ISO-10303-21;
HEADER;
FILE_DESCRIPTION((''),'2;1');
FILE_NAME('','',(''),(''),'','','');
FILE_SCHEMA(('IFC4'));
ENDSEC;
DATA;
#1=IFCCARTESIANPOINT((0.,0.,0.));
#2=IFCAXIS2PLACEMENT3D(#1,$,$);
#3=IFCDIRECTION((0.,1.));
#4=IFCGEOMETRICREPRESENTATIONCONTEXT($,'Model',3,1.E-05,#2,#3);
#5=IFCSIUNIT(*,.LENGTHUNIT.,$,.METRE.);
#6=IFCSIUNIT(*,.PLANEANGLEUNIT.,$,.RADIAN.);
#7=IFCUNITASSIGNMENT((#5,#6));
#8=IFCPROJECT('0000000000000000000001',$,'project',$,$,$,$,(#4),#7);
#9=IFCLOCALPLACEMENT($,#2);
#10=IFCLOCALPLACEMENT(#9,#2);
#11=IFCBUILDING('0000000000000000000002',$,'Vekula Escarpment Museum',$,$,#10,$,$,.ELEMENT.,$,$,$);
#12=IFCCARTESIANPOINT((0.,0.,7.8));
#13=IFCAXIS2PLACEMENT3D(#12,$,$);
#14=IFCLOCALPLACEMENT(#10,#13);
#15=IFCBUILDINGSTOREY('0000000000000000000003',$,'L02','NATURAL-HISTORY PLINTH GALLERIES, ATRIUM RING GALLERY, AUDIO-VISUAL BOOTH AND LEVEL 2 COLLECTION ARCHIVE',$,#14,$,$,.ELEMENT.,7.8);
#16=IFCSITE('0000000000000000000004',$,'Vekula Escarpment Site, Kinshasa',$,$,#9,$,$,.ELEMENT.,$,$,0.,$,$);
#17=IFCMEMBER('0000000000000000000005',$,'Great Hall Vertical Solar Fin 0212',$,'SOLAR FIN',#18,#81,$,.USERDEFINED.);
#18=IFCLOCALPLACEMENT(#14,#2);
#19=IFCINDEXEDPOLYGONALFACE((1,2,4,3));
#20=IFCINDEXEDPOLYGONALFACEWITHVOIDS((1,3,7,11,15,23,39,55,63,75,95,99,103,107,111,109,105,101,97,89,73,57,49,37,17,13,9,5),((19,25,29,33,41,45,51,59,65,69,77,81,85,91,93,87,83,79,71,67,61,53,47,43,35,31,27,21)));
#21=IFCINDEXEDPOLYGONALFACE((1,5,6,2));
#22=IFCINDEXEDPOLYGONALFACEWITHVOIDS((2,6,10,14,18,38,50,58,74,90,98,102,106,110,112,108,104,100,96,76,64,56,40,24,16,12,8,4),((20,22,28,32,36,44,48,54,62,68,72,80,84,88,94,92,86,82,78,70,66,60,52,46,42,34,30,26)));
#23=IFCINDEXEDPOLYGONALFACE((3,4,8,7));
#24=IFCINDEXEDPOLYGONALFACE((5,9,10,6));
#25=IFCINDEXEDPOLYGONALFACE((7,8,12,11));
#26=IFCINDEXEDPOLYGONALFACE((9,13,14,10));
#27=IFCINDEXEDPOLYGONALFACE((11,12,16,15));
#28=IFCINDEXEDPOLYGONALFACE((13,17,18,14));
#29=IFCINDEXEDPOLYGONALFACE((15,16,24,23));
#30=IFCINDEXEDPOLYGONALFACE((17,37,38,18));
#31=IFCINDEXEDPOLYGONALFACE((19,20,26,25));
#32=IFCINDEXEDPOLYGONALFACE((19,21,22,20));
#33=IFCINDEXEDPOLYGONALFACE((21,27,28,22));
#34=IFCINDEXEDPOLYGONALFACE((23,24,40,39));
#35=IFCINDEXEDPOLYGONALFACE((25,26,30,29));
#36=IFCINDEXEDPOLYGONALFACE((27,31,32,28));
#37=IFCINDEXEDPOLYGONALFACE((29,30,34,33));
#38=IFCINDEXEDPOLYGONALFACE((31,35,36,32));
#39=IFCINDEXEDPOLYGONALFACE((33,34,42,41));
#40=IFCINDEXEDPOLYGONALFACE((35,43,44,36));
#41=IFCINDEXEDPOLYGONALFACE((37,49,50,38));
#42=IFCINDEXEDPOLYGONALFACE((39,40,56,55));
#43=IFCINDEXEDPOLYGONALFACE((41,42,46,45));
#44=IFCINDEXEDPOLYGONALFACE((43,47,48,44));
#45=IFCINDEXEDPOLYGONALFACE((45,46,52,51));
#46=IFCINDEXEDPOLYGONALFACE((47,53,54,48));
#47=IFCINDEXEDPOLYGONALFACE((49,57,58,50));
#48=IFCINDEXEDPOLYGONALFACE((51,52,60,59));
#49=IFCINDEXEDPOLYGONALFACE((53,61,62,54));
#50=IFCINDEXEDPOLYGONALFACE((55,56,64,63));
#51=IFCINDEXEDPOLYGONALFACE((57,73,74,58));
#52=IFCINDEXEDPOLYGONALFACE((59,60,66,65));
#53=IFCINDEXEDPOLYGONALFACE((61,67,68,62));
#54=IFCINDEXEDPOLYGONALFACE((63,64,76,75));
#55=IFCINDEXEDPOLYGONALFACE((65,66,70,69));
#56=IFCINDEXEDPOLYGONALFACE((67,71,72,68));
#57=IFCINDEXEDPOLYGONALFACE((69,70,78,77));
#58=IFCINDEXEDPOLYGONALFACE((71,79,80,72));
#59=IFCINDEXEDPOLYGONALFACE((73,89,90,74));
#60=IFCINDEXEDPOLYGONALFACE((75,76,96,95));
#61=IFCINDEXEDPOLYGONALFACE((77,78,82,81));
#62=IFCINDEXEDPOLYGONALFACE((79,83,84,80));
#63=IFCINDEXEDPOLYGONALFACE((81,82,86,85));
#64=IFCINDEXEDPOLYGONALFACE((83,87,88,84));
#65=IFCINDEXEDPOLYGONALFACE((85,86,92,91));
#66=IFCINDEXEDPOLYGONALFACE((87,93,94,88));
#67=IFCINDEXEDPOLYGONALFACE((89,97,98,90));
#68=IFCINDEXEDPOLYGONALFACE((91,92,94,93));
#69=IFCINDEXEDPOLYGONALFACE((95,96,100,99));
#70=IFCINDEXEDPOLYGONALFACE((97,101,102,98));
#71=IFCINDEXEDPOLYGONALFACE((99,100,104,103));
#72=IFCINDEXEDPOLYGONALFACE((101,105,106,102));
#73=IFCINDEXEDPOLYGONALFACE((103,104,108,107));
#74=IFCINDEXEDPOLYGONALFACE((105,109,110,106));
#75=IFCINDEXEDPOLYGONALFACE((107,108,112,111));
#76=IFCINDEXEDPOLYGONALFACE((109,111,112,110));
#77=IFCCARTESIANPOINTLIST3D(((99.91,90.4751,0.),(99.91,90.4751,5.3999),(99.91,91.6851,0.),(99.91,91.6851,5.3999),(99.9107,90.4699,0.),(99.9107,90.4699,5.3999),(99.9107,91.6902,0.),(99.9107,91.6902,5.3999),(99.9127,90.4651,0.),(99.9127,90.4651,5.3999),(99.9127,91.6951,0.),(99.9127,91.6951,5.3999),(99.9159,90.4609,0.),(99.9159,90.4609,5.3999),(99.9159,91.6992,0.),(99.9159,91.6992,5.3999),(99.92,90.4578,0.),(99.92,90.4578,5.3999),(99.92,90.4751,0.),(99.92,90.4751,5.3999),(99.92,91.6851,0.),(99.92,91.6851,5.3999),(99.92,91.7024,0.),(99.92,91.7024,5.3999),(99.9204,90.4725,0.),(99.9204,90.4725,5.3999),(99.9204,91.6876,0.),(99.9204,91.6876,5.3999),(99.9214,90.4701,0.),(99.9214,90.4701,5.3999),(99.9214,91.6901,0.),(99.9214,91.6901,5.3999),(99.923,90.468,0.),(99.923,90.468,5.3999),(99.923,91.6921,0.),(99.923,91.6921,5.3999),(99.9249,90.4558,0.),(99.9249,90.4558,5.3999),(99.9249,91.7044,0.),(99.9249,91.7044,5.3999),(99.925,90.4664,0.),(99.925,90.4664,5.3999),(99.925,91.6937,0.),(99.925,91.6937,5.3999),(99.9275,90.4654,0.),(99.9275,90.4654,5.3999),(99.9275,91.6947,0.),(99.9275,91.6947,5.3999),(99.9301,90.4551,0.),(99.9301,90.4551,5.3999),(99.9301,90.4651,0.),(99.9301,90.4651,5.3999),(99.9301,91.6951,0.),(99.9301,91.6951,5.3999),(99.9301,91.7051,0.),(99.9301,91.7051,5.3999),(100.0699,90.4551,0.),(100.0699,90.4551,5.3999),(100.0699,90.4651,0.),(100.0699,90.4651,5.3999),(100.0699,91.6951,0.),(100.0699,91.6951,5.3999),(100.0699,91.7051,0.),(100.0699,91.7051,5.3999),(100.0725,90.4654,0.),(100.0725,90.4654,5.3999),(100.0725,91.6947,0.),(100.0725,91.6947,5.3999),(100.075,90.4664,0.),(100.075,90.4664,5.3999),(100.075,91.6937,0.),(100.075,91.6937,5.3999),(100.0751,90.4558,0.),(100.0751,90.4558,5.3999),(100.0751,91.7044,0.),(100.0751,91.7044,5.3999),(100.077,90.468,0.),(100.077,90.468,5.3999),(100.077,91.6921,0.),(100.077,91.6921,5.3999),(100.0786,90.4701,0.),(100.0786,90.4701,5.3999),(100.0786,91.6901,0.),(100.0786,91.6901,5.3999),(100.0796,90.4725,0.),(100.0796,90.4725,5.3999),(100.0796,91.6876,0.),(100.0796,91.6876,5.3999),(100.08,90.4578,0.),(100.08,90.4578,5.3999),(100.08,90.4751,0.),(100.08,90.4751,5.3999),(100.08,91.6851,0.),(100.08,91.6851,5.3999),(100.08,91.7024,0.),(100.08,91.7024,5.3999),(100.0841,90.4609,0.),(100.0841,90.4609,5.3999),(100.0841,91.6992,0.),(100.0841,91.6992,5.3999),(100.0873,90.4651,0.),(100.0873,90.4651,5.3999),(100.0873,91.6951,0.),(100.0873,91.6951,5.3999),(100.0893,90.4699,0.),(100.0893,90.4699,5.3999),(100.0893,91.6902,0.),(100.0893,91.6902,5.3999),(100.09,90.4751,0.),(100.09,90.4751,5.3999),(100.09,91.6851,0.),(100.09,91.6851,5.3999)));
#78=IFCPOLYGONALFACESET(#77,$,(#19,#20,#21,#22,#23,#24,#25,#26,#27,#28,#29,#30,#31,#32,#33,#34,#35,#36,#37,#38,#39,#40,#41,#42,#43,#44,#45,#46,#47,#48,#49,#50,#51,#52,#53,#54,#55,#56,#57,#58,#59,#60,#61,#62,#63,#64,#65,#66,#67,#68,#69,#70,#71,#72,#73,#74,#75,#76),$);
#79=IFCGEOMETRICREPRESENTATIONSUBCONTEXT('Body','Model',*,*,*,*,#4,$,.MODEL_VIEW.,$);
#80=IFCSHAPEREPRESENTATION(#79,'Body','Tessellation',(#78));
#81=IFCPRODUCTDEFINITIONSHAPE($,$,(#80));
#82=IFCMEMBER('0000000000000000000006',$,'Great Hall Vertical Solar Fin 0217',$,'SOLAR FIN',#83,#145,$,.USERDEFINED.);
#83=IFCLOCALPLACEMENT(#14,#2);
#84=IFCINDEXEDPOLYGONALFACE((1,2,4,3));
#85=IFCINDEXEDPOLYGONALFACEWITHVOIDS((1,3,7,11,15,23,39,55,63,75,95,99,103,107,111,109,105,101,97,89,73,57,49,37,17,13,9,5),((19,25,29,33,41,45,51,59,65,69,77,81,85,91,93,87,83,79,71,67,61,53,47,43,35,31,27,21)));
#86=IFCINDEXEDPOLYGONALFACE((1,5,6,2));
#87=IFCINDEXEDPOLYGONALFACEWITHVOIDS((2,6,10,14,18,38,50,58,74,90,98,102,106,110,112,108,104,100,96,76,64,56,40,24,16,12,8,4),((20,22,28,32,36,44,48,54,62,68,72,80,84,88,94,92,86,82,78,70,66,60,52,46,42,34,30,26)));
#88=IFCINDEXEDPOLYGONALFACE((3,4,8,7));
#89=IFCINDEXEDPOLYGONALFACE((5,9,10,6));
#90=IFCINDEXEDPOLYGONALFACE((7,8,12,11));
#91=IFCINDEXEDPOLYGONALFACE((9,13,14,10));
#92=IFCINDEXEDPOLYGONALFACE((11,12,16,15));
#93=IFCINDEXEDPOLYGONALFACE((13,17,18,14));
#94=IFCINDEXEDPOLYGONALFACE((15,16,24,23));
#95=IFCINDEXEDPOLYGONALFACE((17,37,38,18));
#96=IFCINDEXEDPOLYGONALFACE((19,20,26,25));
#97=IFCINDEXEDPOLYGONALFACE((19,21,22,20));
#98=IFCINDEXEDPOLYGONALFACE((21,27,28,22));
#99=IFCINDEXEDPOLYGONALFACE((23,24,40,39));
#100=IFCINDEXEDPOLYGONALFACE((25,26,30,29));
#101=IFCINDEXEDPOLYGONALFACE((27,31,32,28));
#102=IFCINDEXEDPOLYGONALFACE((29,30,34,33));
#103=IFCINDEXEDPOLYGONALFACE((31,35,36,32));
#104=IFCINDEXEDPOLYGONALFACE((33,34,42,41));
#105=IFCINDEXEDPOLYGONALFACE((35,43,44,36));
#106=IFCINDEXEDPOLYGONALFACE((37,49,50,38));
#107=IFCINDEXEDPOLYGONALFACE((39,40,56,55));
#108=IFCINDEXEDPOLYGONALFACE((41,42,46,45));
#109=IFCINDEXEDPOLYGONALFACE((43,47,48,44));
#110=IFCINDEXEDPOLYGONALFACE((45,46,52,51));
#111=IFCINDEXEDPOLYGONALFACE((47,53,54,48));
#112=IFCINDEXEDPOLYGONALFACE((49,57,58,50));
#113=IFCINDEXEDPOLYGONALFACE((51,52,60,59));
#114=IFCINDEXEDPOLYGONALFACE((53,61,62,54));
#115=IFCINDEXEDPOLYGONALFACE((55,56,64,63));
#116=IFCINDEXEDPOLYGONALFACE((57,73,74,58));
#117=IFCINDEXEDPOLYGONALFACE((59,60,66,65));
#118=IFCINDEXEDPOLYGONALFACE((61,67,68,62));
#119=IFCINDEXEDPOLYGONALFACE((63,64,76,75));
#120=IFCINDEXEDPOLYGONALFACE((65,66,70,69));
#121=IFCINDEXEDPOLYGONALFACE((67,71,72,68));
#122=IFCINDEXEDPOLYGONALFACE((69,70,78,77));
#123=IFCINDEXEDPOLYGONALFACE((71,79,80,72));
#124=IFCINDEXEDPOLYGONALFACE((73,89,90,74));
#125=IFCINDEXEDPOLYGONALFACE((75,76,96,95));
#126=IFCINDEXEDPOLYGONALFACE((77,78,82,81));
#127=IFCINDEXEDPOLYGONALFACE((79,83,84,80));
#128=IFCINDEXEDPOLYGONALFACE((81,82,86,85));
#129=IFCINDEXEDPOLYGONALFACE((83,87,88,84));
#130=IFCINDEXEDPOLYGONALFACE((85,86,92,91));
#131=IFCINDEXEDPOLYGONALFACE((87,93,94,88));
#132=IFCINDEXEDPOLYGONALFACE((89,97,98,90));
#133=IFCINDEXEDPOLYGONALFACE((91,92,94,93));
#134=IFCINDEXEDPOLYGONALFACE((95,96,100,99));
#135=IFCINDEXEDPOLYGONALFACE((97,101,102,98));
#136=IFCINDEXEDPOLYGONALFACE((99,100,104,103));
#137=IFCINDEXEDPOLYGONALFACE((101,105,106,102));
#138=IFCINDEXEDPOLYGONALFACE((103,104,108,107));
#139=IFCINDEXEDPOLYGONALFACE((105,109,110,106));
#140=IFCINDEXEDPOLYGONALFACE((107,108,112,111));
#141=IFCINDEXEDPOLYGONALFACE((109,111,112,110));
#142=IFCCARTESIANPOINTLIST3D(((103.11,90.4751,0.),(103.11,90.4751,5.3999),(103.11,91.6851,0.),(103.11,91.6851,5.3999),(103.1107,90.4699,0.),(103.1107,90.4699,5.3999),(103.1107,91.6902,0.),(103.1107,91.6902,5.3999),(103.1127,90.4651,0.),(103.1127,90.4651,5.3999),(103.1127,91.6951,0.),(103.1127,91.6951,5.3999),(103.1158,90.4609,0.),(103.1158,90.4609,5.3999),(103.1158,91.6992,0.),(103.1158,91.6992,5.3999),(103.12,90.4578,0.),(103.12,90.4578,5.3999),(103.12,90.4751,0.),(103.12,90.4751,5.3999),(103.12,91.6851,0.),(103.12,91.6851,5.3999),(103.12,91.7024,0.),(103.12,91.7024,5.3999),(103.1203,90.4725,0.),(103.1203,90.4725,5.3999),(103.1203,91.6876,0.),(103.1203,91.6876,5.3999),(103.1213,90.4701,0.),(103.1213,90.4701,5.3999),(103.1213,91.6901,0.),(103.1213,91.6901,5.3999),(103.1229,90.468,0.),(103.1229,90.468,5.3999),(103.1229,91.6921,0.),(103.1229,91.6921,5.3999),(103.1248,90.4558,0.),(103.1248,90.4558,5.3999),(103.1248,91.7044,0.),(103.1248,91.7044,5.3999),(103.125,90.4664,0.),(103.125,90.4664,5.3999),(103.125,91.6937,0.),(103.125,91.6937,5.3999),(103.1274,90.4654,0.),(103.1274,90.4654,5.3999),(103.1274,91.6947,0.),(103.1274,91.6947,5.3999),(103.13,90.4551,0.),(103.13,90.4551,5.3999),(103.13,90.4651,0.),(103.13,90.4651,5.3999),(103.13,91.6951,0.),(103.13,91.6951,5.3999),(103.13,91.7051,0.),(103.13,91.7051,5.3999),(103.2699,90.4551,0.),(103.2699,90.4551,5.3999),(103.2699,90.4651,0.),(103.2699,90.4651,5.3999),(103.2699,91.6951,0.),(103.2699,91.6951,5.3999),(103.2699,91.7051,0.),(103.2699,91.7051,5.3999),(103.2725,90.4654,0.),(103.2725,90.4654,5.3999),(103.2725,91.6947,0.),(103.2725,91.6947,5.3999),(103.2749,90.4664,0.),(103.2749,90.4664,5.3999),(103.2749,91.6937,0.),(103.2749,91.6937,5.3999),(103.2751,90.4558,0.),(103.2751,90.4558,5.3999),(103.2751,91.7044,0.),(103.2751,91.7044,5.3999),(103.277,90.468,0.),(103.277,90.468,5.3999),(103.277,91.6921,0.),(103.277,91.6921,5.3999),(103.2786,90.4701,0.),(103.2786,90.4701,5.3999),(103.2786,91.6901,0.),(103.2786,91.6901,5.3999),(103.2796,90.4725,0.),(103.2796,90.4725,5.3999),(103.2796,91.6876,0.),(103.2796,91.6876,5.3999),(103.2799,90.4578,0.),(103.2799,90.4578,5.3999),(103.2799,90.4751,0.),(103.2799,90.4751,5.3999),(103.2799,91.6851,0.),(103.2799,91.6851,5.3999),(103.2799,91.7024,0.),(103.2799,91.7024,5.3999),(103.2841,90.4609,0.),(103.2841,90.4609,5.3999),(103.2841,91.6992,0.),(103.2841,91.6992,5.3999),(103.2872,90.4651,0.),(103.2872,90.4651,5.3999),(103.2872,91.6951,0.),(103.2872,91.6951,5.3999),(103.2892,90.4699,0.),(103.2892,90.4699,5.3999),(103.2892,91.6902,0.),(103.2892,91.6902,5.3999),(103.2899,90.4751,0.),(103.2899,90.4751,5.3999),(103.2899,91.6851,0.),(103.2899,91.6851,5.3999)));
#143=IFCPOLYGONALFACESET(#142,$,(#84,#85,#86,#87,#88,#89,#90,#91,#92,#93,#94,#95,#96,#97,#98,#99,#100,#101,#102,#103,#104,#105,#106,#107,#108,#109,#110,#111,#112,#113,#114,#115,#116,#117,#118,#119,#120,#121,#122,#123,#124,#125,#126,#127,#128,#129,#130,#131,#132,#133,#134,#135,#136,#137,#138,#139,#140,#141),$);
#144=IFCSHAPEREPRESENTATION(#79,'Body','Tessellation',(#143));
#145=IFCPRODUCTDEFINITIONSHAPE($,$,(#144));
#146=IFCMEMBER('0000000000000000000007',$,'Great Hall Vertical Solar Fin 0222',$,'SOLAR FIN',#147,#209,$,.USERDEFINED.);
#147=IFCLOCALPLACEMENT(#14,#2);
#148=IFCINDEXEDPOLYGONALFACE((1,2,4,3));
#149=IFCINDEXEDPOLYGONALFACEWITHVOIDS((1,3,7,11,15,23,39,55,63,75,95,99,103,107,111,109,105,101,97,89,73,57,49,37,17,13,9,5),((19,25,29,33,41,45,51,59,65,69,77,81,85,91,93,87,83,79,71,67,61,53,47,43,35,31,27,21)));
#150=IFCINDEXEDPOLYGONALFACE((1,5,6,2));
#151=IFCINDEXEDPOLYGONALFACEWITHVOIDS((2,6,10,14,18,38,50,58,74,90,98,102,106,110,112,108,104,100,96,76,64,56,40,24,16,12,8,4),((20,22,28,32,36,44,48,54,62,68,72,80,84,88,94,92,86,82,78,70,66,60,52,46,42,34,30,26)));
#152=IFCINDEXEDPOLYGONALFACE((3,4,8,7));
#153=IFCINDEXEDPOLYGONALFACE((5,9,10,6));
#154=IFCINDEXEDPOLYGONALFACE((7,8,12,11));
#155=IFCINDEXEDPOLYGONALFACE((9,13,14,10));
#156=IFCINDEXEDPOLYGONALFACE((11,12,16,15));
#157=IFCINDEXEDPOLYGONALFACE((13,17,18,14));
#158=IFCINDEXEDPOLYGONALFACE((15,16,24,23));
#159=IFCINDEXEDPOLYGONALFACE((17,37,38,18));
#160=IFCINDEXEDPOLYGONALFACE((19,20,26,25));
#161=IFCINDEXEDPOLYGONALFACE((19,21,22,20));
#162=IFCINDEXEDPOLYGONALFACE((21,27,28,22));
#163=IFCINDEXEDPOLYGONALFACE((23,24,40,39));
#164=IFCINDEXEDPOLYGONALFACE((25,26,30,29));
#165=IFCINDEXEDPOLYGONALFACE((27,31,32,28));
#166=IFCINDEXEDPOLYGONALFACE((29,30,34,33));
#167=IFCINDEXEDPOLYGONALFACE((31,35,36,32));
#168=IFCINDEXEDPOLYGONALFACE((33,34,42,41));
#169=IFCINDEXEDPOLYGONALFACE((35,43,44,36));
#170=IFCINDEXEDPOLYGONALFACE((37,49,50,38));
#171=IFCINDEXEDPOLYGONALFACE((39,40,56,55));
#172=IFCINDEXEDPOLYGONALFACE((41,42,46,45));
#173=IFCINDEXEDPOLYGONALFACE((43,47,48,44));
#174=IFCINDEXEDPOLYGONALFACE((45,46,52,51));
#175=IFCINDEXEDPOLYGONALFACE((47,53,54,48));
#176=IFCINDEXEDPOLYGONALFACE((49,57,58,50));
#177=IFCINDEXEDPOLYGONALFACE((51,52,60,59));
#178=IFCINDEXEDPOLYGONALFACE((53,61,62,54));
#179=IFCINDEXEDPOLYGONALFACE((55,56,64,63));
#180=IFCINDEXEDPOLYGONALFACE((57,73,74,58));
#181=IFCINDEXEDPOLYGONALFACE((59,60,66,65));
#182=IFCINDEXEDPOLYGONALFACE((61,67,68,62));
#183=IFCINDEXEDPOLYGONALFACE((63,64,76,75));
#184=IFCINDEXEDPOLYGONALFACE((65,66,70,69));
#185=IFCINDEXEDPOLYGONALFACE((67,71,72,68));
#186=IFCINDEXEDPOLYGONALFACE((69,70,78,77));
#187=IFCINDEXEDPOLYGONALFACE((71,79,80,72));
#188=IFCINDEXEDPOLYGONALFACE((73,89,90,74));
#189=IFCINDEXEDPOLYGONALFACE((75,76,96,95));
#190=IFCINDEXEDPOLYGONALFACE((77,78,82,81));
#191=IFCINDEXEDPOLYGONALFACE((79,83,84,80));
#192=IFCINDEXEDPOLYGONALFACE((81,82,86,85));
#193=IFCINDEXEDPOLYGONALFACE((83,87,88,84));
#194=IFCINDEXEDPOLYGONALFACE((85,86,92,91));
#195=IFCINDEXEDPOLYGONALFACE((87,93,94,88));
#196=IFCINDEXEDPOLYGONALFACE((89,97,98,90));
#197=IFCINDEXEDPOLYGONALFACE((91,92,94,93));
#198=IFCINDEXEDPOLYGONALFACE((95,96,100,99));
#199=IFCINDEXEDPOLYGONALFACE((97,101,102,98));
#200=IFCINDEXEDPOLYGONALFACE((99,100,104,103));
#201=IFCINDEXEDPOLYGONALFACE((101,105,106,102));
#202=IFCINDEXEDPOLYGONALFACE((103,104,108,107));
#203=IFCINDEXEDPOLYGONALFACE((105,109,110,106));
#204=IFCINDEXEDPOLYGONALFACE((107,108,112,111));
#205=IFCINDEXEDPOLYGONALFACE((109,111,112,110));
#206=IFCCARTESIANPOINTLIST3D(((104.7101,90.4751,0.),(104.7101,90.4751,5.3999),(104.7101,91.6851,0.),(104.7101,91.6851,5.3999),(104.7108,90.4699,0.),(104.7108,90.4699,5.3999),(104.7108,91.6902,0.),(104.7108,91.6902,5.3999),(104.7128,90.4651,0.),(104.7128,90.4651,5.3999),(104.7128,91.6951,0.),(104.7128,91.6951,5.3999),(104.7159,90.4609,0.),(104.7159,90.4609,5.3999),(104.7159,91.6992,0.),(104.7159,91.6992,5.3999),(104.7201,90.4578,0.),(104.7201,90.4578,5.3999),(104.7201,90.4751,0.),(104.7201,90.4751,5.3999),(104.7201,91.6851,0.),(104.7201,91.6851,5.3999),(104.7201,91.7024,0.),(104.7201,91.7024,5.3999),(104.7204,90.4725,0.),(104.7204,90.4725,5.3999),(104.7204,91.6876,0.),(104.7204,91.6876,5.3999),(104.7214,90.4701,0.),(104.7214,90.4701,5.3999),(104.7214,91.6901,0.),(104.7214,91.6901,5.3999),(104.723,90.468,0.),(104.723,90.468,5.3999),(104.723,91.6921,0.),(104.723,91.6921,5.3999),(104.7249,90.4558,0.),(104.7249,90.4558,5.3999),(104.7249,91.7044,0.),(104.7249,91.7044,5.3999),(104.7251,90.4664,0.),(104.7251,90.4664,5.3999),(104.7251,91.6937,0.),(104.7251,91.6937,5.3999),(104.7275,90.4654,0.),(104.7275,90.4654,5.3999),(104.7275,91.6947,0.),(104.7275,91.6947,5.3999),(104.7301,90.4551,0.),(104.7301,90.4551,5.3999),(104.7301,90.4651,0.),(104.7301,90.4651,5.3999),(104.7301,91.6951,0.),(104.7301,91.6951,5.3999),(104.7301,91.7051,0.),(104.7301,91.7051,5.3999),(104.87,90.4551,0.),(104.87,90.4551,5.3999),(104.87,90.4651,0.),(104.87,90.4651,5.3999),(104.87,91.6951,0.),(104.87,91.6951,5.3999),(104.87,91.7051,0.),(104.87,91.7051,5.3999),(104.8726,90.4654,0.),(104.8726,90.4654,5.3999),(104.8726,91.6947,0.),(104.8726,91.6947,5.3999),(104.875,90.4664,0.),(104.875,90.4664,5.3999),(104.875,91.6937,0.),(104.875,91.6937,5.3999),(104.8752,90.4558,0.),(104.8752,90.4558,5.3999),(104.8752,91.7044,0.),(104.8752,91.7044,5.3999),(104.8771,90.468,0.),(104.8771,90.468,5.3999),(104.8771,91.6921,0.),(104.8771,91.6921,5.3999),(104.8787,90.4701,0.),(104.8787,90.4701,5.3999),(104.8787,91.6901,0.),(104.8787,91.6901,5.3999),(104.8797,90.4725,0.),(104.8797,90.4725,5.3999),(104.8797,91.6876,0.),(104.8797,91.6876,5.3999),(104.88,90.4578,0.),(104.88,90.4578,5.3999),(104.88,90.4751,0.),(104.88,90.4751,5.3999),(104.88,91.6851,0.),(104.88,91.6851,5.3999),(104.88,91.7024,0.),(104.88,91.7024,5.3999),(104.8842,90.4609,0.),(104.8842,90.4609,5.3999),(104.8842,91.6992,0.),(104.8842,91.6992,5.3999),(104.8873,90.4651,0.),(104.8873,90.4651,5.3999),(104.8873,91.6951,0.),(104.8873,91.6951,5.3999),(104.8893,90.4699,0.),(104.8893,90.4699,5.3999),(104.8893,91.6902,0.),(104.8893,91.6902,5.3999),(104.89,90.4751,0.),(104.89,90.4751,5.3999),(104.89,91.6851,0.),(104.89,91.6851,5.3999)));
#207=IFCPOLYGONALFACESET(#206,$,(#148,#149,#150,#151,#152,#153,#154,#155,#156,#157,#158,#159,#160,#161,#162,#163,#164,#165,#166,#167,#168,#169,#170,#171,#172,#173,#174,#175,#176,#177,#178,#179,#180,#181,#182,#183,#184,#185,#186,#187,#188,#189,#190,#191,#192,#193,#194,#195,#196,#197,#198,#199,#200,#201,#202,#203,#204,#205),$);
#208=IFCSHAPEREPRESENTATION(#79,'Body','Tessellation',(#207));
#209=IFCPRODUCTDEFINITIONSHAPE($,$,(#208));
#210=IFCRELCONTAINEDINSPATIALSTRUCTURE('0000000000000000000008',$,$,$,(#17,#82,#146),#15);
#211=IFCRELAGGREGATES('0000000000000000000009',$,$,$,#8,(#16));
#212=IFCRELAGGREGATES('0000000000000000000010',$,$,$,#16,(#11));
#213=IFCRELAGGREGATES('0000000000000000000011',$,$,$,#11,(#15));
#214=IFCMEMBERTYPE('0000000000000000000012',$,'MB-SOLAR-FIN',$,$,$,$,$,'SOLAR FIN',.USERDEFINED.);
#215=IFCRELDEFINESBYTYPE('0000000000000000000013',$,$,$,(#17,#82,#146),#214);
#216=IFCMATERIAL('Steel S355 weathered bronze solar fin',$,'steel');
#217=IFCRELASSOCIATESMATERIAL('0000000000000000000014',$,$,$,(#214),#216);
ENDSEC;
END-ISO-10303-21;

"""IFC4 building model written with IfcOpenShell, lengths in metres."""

from ifc_helpers import new_model, si_unit, direction, frame, origin, origin_2d, place, context, subcontext, project, spatial, hollow_rectangle, extrude, material, material_profile, profile_set, type_object, element, save


model = new_model("IFC4")

# Units and contexts
model_context = context("Model", 3, precision=1e-05, world=origin(), true_north=direction((0.0, 1.0)))
body_context = subcontext(model_context, "Body", "Model", "MODEL_VIEW")
ifc_project = project(units=[si_unit("LENGTHUNIT", "METRE"), si_unit("PLANEANGLEUNIT", "RADIAN")], contexts=[model_context])

# Site, building, storey
site_placement = place(None, origin())
site = spatial("IfcSite", under=ifc_project, at=site_placement, Name="Vekula Escarpment Site, Kinshasa", CompositionType="ELEMENT", RefElevation=0.0)
building_placement = place(site_placement, origin())
building = spatial("IfcBuilding", under=site, at=building_placement, Name="Vekula Escarpment Museum", CompositionType="ELEMENT")
storey_placement = place(building_placement, frame((0.0, 0.0, 7.8)))
storey = spatial("IfcBuildingStorey", under=building, at=storey_placement, Name="L02", Description="NATURAL-HISTORY PLINTH GALLERIES, ATRIUM RING GALLERY, AUDIO-VISUAL BOOTH AND LEVEL 2 COLLECTION ARCHIVE", CompositionType="ELEMENT", Elevation=7.8)

# Members
ifc_material_1 = material(Name="Steel S355 weathered bronze solar fin", Category="steel")
ifc_material_profile_1 = material_profile(ifc_material_1, hollow_rectangle(XDim=0.1799, YDim=1.25, WallThickness=0.01, InnerFilletRadius=0.01, OuterFilletRadius=0.02, at=origin_2d()), Name="RHS 1250x180x10")
ifc_profile_set_1 = profile_set([ifc_material_profile_1], Name="Steel S355 weathered bronze solar fin")
member_type_1 = type_object("IfcMemberType", Name="MB-SOLAR-FIN", ElementType="SOLAR FIN", PredefinedType="USERDEFINED", material=ifc_profile_set_1)
for number, where, z_axis, x_axis, name in (
    (1, (100.0, 91.0801, 0.0), (0.0, 0.0, 1.0), (1.0, 0.0, 0.0), "Great Hall Vertical Solar Fin 0212"),
    (2, (103.2, 91.0801, 0.0), (0.0, 0.0, 1.0), (1.0, 0.0, 0.0), "Great Hall Vertical Solar Fin 0217"),
    (3, (104.8, 91.0801, 0.0), (0.0, 0.0, 1.0), (1.0, 0.0, 0.0), "Great Hall Vertical Solar Fin 0222"),
):
    element("IfcMember", number, at=place(storey_placement, frame(where, z_axis=z_axis, x_axis=x_axis)), inside=storey, type_object=member_type_1, Name=name, ObjectType="SOLAR FIN", PredefinedType="USERDEFINED", context=body_context, shape_type="SweptSolid", body=[
        extrude(hollow_rectangle(XDim=0.1799, YDim=1.25, WallThickness=0.01, InnerFilletRadius=0.01, OuterFilletRadius=0.02, at=origin_2d()), origin(), (0.0, 0.0, 1.0), 5.3999),
    ])

save(model, "model.ifc")
